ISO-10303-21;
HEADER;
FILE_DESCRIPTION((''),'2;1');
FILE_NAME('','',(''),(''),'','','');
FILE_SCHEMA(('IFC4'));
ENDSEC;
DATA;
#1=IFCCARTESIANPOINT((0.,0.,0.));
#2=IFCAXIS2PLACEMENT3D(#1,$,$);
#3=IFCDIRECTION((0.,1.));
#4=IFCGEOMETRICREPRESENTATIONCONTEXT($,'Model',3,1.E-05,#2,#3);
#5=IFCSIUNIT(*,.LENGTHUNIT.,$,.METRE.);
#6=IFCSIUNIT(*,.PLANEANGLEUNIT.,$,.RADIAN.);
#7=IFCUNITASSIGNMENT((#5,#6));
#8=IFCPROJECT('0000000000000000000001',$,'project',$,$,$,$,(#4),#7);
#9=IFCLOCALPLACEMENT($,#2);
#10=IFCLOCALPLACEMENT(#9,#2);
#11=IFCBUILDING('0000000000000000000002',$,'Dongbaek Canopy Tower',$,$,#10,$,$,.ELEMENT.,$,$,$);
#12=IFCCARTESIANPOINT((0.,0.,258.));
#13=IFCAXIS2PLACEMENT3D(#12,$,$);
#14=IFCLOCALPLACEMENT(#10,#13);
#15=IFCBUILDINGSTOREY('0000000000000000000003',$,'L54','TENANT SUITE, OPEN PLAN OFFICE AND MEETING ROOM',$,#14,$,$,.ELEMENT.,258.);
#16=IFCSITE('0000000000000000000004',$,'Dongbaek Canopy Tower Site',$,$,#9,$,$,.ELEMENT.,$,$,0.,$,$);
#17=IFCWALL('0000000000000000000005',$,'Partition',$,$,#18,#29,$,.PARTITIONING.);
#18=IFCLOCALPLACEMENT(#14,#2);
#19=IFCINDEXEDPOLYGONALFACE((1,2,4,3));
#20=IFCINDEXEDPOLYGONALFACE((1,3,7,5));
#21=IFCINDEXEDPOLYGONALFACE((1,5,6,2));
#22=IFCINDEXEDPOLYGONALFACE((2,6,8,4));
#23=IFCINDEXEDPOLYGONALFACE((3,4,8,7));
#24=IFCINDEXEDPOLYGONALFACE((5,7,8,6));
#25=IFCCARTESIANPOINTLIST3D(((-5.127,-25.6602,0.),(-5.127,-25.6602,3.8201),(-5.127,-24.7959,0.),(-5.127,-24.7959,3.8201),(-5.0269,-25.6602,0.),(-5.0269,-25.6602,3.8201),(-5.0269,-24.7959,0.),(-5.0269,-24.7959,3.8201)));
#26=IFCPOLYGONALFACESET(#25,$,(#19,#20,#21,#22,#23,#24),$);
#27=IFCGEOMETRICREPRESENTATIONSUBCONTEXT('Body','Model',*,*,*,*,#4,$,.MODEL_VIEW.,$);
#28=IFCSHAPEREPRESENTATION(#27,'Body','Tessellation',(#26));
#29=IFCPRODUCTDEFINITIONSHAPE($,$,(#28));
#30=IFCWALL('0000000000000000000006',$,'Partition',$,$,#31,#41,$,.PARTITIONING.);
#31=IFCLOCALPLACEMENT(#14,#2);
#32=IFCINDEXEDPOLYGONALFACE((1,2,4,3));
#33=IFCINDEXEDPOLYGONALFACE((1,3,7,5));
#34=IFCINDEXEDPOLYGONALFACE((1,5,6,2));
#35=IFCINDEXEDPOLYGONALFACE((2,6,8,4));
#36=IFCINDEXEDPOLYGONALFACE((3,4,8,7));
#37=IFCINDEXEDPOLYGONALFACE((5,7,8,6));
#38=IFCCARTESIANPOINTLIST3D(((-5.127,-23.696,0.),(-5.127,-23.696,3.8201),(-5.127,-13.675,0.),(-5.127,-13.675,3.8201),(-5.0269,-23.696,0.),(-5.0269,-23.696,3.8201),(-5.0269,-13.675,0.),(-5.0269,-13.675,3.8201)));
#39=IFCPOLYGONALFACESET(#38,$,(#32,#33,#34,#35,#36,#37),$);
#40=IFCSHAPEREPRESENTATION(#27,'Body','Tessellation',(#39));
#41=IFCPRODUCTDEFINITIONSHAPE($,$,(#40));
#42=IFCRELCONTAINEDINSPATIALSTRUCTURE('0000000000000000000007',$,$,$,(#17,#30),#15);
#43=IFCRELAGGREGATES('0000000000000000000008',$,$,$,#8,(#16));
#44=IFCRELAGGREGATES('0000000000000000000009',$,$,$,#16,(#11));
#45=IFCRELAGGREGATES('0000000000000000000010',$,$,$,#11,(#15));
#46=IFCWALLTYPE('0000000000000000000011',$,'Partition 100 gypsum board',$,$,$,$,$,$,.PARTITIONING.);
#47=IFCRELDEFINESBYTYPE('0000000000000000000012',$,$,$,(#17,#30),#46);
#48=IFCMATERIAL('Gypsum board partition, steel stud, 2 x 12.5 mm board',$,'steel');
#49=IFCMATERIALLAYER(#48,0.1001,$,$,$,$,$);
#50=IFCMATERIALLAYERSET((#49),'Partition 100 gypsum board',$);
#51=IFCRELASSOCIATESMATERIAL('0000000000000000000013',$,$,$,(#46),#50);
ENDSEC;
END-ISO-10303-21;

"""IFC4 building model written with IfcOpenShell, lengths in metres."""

from ifc_helpers import new_model, si_unit, direction, frame, frame_2d, origin, place, context, subcontext, project, spatial, rectangle, extrude, material, layer, layer_set, type_object, element, save


model = new_model("IFC4")

# Units and contexts
model_context = context("Model", 3, precision=1e-05, world=origin(), true_north=direction((0.0, 1.0)))
body_context = subcontext(model_context, "Body", "Model", "MODEL_VIEW")
ifc_project = project(units=[si_unit("LENGTHUNIT", "METRE"), si_unit("PLANEANGLEUNIT", "RADIAN")], contexts=[model_context])

# Site, building, storey
site_placement = place(None, origin())
site = spatial("IfcSite", under=ifc_project, at=site_placement, Name="Dongbaek Canopy Tower Site", CompositionType="ELEMENT", RefElevation=0.0)
building_placement = place(site_placement, origin())
building = spatial("IfcBuilding", under=site, at=building_placement, Name="Dongbaek Canopy Tower", CompositionType="ELEMENT")
storey_placement = place(building_placement, frame((0.0, 0.0, 258.0)))
storey = spatial("IfcBuildingStorey", under=building, at=storey_placement, Name="L54", Description="TENANT SUITE, OPEN PLAN OFFICE AND MEETING ROOM", CompositionType="ELEMENT", Elevation=258.0)

# Walls
ifc_material_1 = material(Name="Gypsum board partition, steel stud, 2 x 12.5 mm board", Category="steel")
ifc_layer_1 = layer(ifc_material_1, 0.1001)
ifc_layer_set_1 = layer_set([ifc_layer_1], Name="Partition 100 gypsum board")
wall_type_1 = type_object("IfcWallType", Name="Partition 100 gypsum board", PredefinedType="PARTITIONING", material=ifc_layer_set_1)
wall_1_placement = place(storey_placement, frame((-5.0769, -25.6602, 0.0), z_axis=(0.0, 0.0, 1.0), x_axis=(0.0, 1.0, 0.0)))
element("IfcWall", 1, at=wall_1_placement, inside=storey, type_object=wall_type_1, Name="Partition", PredefinedType="PARTITIONING", context=body_context, shape_type="SweptSolid", body=[
    extrude(rectangle(XDim=0.8643, YDim=0.1001, at=frame_2d((0.4321, 0.0))), origin(), (0.0, 0.0, 1.0), 3.8201),
])
wall_2_placement = place(storey_placement, frame((-5.0769, -23.696, 0.0), z_axis=(0.0, 0.0, 1.0), x_axis=(0.0, 1.0, 0.0)))
element("IfcWall", 2, at=wall_2_placement, inside=storey, type_object=wall_type_1, Name="Partition", PredefinedType="PARTITIONING", context=body_context, shape_type="SweptSolid", body=[
    extrude(rectangle(XDim=10.021, YDim=0.1001, at=frame_2d((5.0105, 0.0))), origin(), (0.0, 0.0, 1.0), 3.8201),
])

save(model, "model.ifc")
